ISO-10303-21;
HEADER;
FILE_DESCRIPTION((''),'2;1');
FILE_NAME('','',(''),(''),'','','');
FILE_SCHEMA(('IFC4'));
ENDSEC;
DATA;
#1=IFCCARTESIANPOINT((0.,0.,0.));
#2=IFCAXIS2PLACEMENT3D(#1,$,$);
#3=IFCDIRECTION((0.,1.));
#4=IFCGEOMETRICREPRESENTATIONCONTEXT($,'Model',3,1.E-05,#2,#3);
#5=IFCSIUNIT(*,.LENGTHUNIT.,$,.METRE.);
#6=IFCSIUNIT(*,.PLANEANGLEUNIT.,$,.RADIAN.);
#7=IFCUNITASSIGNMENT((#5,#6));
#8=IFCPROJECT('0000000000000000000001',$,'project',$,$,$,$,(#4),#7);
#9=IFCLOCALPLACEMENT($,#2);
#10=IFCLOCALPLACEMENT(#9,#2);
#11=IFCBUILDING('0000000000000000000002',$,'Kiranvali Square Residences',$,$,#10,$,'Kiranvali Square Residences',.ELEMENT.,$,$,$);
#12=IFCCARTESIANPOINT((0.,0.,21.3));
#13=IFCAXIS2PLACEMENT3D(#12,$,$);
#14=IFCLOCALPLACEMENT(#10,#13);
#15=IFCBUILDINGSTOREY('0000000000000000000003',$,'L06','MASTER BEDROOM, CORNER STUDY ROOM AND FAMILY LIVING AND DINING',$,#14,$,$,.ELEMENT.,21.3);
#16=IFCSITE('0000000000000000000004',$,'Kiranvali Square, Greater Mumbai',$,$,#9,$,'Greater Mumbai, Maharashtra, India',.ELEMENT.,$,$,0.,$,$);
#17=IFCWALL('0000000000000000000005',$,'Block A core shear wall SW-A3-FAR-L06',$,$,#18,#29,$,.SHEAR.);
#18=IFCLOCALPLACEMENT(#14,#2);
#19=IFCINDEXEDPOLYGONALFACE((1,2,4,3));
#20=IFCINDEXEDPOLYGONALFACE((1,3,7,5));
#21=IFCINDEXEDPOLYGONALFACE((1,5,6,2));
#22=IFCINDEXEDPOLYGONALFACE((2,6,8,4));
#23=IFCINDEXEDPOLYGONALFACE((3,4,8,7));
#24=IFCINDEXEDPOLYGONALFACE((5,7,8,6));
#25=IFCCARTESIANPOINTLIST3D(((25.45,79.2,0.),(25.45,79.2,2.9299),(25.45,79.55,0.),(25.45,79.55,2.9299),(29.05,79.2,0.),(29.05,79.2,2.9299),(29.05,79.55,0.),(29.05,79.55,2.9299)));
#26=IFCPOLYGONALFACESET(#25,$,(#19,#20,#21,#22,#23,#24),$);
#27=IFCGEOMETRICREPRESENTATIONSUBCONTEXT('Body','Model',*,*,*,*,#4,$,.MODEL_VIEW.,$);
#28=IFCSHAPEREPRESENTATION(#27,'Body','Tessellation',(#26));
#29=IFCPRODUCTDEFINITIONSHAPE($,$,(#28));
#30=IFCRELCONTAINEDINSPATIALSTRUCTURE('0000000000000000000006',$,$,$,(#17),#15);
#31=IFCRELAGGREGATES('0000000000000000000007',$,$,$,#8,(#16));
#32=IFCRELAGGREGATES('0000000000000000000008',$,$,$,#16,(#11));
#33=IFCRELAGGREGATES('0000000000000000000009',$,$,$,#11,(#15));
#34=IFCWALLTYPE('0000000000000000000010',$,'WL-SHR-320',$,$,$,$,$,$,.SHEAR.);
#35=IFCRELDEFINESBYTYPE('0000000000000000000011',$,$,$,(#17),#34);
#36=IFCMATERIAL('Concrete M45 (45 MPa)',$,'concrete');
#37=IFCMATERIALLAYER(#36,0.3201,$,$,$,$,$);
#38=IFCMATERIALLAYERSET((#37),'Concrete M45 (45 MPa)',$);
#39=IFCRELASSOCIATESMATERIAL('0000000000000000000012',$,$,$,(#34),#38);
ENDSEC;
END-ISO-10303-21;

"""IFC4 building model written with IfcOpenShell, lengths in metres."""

from ifc_helpers import new_model, si_unit, direction, frame, frame_2d, origin, place, context, subcontext, project, spatial, rectangle, extrude, material, layer, layer_set, type_object, element, save


model = new_model("IFC4")

# Units and contexts
model_context = context("Model", 3, precision=1e-05, world=origin(), true_north=direction((0.0, 1.0)))
body_context = subcontext(model_context, "Body", "Model", "MODEL_VIEW")
ifc_project = project(units=[si_unit("LENGTHUNIT", "METRE"), si_unit("PLANEANGLEUNIT", "RADIAN")], contexts=[model_context])

# Site, building, storey
site_placement = place(None, origin())
site = spatial("IfcSite", under=ifc_project, at=site_placement, Name="Kiranvali Square, Greater Mumbai", LongName="Greater Mumbai, Maharashtra, India", CompositionType="ELEMENT", RefElevation=0.0)
building_placement = place(site_placement, origin())
building = spatial("IfcBuilding", under=site, at=building_placement, Name="Kiranvali Square Residences", LongName="Kiranvali Square Residences", CompositionType="ELEMENT")
storey_placement = place(building_placement, frame((0.0, 0.0, 21.3)))
storey = spatial("IfcBuildingStorey", under=building, at=storey_placement, Name="L06", Description="MASTER BEDROOM, CORNER STUDY ROOM AND FAMILY LIVING AND DINING", CompositionType="ELEMENT", Elevation=21.3)

# Shared definitions
ifc_material_1 = material(Name="Concrete M45 (45 MPa)", Category="concrete")

# Wall
ifc_layer_1 = layer(ifc_material_1, 0.3201)
ifc_layer_set_1 = layer_set([ifc_layer_1], Name="Concrete M45 (45 MPa)")
wall_type_1 = type_object("IfcWallType", Name="WL-SHR-320", PredefinedType="SHEAR", material=ifc_layer_set_1)
wall_1_placement = place(storey_placement, frame((29.05, 79.375, 0.0), z_axis=(0.0, 0.0, 1.0), x_axis=(-1.0, 0.0, 0.0)))
element("IfcWall", 1, at=wall_1_placement, inside=storey, type_object=wall_type_1, Name="Block A core shear wall SW-A3-FAR-L06", PredefinedType="SHEAR", context=body_context, shape_type="SweptSolid", body=[
    extrude(rectangle(XDim=3.6001, YDim=0.3501, at=frame_2d((1.8, 0.0))), origin(), (0.0, 0.0, 1.0), 2.9299),
])

save(model, "model.ifc")
